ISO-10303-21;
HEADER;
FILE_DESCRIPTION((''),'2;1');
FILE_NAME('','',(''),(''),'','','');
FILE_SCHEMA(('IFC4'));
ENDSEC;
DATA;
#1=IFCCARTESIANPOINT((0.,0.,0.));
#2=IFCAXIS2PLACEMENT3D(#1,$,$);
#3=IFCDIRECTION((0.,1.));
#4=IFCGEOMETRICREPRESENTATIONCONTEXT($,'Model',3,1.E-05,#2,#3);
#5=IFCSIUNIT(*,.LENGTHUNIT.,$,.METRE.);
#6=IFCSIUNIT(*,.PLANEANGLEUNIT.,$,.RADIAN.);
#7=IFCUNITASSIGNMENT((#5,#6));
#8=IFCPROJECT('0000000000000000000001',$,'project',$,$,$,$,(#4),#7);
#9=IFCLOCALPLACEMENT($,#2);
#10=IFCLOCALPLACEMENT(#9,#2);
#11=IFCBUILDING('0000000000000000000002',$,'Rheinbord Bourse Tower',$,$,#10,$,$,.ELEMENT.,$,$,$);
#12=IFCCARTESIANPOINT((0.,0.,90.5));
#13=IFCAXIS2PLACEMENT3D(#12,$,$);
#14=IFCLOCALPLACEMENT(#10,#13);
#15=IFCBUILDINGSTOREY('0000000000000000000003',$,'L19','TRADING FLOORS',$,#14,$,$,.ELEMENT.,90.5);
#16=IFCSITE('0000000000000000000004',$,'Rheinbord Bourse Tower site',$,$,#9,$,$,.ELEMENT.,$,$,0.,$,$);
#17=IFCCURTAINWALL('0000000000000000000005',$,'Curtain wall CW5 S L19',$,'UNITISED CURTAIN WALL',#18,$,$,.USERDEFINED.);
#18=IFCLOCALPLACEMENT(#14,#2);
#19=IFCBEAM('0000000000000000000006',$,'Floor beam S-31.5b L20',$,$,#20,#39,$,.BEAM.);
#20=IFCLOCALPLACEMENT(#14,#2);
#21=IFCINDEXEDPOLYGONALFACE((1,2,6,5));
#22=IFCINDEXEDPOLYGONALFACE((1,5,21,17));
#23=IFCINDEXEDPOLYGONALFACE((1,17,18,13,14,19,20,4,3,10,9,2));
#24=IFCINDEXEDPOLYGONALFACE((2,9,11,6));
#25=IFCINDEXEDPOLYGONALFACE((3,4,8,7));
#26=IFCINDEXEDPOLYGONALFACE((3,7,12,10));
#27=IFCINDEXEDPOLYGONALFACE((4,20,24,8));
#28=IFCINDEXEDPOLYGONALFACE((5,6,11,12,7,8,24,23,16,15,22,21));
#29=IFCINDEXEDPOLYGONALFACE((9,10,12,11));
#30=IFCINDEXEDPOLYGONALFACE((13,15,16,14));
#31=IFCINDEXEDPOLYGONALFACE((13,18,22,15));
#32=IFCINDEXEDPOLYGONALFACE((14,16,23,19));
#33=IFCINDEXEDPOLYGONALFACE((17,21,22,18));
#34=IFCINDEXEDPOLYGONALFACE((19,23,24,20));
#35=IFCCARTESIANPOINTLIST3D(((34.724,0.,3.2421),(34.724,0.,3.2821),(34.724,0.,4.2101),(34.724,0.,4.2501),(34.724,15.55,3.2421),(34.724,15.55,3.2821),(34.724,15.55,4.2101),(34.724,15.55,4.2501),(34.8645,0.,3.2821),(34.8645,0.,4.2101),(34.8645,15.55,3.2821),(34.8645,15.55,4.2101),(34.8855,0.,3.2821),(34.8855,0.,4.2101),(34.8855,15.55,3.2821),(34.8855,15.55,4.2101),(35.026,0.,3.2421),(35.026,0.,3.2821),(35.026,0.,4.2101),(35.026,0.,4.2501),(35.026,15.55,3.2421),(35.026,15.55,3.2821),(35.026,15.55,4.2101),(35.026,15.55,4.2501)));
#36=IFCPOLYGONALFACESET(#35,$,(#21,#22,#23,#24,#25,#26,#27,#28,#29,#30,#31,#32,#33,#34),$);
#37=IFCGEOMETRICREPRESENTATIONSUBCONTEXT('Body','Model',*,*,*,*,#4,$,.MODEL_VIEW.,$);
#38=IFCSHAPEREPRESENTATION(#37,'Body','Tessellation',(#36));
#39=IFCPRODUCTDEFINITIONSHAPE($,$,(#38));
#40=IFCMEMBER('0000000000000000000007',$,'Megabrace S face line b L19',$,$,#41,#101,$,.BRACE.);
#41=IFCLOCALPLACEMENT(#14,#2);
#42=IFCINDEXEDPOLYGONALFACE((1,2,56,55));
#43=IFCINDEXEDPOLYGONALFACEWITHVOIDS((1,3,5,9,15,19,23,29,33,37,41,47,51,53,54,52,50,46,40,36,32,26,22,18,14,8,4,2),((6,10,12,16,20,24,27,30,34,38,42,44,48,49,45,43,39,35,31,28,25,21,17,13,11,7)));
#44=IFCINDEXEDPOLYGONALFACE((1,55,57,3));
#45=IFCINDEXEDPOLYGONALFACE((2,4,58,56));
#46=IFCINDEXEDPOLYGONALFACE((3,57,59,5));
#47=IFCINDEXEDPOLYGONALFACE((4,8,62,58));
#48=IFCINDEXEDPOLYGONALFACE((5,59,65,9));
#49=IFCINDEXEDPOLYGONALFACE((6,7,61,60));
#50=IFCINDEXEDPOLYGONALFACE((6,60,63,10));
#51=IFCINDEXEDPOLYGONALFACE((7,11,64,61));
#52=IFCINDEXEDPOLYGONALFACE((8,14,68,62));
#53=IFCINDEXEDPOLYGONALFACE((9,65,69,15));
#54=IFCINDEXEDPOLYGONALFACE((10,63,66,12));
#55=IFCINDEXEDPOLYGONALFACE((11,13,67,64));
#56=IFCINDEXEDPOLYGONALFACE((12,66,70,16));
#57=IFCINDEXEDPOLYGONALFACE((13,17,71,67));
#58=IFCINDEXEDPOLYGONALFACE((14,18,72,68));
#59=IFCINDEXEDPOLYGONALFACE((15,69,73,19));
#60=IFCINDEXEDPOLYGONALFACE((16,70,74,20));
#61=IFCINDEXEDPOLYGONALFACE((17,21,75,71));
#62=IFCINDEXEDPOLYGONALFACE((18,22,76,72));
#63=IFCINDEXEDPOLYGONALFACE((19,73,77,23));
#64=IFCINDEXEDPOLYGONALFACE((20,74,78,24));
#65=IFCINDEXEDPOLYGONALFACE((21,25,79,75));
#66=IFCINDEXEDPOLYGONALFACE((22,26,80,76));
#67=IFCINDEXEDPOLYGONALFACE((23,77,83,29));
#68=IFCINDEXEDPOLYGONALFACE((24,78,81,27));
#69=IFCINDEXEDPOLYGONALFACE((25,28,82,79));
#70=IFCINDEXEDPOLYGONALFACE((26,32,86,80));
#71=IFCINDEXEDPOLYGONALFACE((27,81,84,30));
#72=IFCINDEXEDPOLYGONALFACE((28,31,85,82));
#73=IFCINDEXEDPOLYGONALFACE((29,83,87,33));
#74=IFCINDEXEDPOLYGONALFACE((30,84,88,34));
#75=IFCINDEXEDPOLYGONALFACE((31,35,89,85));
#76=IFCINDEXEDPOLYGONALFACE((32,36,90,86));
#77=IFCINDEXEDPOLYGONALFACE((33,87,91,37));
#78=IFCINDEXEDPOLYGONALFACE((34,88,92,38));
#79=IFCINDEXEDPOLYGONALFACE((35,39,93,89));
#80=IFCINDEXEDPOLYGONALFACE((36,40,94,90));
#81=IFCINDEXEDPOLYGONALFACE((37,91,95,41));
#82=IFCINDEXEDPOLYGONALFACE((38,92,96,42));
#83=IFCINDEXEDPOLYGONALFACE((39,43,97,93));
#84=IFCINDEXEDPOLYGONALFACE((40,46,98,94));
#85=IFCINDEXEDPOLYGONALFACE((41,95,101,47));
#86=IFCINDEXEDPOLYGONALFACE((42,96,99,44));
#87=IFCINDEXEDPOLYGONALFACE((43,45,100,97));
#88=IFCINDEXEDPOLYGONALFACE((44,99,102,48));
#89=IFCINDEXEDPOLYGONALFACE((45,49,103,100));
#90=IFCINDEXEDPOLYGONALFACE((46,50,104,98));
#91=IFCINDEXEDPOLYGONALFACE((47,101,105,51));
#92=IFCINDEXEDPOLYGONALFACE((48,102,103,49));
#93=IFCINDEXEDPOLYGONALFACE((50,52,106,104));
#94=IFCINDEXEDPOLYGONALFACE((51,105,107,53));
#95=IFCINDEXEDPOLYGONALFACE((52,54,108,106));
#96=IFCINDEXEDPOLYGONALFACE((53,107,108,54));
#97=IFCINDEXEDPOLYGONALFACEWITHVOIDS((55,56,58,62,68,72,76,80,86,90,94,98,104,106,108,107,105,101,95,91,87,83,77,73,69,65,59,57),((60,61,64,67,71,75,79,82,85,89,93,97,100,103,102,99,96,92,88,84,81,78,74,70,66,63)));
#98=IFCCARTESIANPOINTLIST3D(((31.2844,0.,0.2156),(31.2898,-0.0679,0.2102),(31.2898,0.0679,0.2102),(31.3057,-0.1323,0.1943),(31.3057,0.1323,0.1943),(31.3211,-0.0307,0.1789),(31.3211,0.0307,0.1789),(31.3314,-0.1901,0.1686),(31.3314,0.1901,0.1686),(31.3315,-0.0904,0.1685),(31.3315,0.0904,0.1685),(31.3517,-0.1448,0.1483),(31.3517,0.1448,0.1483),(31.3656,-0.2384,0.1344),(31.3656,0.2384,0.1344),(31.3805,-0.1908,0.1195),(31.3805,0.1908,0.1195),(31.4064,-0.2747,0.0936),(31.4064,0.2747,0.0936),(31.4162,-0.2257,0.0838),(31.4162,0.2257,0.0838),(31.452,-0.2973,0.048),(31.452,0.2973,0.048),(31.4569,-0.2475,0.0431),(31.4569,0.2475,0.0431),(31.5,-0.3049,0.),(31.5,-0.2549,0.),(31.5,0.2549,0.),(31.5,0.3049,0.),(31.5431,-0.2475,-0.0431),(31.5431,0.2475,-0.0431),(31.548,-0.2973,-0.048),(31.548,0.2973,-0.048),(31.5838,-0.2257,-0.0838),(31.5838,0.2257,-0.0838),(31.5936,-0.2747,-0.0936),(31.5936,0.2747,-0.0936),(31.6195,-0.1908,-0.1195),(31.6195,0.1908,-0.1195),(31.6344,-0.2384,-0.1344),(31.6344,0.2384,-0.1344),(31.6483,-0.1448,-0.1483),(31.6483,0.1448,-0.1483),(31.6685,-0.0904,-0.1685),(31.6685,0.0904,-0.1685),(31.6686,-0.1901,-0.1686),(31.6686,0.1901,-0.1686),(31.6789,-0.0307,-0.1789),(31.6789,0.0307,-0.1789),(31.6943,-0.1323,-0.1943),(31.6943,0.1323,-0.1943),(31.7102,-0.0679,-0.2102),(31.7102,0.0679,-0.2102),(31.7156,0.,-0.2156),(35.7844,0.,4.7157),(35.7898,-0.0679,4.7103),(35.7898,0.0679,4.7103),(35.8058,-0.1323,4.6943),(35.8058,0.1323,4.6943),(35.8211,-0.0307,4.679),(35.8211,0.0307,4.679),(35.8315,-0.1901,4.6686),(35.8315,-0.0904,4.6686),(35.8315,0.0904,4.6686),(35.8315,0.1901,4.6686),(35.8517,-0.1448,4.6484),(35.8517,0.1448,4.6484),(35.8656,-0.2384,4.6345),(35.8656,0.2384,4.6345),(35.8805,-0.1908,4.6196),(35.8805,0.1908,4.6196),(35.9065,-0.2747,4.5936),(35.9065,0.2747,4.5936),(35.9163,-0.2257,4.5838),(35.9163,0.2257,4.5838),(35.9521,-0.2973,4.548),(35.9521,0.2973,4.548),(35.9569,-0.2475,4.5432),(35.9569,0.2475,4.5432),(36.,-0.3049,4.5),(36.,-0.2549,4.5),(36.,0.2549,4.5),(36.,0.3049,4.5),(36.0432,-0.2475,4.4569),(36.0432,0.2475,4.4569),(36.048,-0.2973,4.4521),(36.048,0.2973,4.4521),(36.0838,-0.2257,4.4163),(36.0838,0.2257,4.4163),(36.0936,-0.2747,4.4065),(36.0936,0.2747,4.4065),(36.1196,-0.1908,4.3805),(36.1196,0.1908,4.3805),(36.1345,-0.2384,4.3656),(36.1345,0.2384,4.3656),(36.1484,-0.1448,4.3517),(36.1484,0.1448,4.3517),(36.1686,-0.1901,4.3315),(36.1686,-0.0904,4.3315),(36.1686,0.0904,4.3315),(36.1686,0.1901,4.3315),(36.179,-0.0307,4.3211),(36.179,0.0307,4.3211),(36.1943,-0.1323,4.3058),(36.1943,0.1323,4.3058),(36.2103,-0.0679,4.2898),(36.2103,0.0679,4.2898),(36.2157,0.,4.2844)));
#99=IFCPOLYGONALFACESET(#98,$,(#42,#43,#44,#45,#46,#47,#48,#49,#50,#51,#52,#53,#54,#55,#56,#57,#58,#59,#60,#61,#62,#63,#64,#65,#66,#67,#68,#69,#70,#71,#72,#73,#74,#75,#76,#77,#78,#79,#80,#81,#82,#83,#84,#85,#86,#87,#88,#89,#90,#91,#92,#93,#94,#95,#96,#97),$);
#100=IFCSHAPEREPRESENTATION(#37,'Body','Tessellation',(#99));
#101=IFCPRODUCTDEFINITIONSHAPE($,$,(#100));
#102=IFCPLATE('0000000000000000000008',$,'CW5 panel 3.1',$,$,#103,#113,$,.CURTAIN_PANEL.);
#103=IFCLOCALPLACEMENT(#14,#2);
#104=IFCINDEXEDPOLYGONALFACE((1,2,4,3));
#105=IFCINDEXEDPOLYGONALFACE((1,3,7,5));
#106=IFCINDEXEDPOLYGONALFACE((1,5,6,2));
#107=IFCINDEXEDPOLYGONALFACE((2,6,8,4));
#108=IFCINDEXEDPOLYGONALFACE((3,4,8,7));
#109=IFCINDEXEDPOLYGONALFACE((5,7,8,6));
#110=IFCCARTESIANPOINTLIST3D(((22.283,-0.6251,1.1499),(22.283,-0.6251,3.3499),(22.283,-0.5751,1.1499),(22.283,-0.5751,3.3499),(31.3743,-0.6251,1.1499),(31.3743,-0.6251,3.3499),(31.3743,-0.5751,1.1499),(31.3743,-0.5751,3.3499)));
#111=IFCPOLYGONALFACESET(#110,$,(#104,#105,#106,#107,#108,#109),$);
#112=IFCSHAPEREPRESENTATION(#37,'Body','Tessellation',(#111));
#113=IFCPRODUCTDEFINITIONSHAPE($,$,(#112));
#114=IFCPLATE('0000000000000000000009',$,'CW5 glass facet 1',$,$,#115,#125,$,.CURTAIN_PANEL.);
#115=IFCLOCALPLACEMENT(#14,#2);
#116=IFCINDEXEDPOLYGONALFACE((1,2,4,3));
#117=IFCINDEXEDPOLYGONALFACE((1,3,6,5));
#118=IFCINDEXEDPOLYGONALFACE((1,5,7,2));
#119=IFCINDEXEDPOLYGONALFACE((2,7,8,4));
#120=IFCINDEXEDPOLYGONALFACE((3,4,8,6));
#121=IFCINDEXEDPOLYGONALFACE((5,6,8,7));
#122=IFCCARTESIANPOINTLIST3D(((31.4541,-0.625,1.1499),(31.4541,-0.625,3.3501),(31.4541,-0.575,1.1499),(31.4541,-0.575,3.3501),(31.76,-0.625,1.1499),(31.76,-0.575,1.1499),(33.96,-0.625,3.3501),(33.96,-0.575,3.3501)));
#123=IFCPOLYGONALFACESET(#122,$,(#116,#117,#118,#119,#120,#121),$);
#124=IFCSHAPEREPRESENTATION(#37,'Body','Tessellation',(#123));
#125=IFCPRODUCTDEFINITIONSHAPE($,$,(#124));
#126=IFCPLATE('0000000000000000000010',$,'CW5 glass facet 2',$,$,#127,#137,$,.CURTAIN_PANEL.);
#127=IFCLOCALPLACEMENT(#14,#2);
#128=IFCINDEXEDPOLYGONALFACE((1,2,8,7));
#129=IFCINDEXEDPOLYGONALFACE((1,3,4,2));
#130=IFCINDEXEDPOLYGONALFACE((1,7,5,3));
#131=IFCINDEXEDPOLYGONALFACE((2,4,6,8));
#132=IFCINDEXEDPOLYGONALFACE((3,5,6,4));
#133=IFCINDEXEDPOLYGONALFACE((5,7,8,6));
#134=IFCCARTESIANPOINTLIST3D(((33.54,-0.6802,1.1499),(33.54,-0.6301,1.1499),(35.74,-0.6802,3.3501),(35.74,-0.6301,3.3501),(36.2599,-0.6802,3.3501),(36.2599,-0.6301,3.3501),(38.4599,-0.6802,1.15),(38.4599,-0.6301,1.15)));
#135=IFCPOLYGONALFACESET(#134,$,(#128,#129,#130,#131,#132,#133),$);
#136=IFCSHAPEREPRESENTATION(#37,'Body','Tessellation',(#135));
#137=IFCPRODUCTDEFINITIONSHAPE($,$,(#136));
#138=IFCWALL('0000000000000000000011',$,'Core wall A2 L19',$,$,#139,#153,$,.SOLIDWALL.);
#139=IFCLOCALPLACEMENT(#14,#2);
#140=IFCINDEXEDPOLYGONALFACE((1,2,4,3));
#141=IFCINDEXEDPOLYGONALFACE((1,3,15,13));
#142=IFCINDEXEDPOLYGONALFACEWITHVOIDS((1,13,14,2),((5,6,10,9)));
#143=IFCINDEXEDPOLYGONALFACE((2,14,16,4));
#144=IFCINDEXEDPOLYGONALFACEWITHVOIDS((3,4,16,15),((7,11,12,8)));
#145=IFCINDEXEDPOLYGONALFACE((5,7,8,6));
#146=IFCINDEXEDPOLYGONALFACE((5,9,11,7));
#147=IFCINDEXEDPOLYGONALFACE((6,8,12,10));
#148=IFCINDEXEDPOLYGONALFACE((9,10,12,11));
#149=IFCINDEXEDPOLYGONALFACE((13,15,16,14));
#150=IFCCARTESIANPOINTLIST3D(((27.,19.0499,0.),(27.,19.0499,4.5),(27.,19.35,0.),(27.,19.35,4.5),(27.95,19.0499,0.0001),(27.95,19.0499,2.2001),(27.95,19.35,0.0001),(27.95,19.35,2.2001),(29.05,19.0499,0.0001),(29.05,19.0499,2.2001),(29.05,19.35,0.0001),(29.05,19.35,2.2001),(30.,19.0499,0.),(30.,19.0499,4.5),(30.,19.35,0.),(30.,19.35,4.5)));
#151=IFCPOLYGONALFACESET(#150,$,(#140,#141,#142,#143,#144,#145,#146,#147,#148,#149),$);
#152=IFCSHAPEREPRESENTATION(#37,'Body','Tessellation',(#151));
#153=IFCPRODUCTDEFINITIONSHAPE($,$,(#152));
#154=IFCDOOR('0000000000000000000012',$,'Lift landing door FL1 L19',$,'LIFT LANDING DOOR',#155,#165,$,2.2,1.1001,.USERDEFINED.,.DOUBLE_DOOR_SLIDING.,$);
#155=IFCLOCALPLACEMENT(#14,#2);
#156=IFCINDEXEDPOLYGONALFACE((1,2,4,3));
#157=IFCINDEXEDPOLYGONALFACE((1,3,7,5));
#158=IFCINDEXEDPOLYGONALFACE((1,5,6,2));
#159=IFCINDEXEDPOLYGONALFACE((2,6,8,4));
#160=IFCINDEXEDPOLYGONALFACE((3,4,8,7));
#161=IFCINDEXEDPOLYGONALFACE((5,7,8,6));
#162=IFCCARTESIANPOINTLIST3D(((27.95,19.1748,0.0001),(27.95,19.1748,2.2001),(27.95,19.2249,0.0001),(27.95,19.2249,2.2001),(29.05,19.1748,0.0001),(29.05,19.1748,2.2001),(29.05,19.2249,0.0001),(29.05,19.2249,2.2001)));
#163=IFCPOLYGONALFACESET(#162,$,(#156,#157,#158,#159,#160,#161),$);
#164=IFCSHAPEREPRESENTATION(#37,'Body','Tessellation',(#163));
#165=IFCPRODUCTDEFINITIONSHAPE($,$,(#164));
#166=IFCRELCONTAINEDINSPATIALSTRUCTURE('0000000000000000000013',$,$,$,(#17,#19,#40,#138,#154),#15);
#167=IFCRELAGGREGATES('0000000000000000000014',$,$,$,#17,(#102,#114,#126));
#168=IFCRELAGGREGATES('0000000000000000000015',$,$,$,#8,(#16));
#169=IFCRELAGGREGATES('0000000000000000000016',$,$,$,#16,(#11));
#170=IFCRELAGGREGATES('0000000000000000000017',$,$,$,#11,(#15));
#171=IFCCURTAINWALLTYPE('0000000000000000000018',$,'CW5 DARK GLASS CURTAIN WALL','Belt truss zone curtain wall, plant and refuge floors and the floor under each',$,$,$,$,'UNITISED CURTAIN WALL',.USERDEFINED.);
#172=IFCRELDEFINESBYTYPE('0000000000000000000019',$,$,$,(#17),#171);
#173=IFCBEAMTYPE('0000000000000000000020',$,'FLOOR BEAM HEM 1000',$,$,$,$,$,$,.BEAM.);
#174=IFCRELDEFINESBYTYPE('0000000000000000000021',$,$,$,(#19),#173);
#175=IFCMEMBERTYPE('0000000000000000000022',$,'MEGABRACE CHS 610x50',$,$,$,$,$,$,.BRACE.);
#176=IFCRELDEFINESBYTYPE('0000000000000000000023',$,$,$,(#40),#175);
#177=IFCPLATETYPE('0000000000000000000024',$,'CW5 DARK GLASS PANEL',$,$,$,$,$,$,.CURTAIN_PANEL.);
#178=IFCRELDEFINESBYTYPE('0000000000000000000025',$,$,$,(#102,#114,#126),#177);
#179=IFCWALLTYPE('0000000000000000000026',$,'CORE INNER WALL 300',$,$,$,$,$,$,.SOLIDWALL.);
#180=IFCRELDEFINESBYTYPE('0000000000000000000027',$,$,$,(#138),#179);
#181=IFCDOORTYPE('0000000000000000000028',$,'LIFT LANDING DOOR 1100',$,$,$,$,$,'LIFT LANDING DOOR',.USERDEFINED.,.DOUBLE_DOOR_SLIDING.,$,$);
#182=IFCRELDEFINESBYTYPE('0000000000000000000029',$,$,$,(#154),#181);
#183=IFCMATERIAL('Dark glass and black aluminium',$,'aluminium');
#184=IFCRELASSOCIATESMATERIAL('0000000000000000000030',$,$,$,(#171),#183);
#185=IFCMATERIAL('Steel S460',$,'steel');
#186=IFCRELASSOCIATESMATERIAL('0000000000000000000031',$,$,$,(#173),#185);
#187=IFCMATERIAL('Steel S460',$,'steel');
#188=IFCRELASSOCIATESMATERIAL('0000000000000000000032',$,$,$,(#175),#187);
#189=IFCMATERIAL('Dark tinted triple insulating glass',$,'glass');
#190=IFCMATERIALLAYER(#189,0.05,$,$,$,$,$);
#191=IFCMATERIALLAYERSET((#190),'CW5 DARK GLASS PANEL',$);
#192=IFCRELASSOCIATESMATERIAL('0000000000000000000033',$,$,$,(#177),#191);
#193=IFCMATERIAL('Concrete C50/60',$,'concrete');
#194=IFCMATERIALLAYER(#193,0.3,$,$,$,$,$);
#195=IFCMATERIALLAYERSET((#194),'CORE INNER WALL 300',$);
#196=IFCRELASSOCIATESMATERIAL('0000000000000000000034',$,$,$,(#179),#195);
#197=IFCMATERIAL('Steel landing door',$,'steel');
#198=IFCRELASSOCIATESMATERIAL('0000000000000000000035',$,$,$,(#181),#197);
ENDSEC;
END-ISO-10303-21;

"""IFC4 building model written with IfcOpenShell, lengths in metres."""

from ifc_helpers import new_model, si_unit, direction, frame, frame_2d, origin, origin_2d, place, context, subcontext, project, spatial, polyline, rectangle, hollow_circle, i_section, outline, extrude, material, layer, layer_set, material_profile, profile_set, type_object, element, fill, aggregate, save


model = new_model("IFC4")

# Units and contexts
model_context = context("Model", 3, precision=1e-05, world=origin(), true_north=direction((0.0, 1.0)))
body_context = subcontext(model_context, "Body", "Model", "MODEL_VIEW")
ifc_project = project(units=[si_unit("LENGTHUNIT", "METRE"), si_unit("PLANEANGLEUNIT", "RADIAN")], contexts=[model_context])

# Site, building, storey
site_placement = place(None, origin())
site = spatial("IfcSite", under=ifc_project, at=site_placement, Name="Rheinbord Bourse Tower site", CompositionType="ELEMENT", RefElevation=0.0)
building_placement = place(site_placement, origin())
building = spatial("IfcBuilding", under=site, at=building_placement, Name="Rheinbord Bourse Tower", CompositionType="ELEMENT")
storey_placement = place(building_placement, frame((0.0, 0.0, 90.5)))
storey = spatial("IfcBuildingStorey", under=building, at=storey_placement, Name="L19", Description="TRADING FLOORS", CompositionType="ELEMENT", Elevation=90.5)

# Curtain wall
ifc_material_1 = material(Name="Dark glass and black aluminium", Category="aluminium")
curtain_wall_type = type_object("IfcCurtainWallType", Name="CW5 DARK GLASS CURTAIN WALL", Description="Belt truss zone curtain wall, plant and refuge floors and the floor under each", ElementType="UNITISED CURTAIN WALL", PredefinedType="USERDEFINED", material=ifc_material_1)
curtain_wall_placement = place(storey_placement, origin())
curtain_wall = element("IfcCurtainWall", 1, at=curtain_wall_placement, inside=storey, type_object=curtain_wall_type, Name="Curtain wall CW5 S L19", ObjectType="UNITISED CURTAIN WALL", PredefinedType="USERDEFINED")

# Beam
ifc_material_2 = material(Name="Steel S460", Category="steel")
ifc_material_profile_1 = material_profile(ifc_material_2, i_section(OverallWidth=0.302, OverallDepth=1.0081, WebThickness=0.021, FlangeThickness=0.04, at=origin_2d()), Name="HEM 1000")
ifc_profile_set_1 = profile_set([ifc_material_profile_1], Name="Steel S460")
beam_type_1 = type_object("IfcBeamType", Name="FLOOR BEAM HEM 1000", PredefinedType="BEAM", material=ifc_profile_set_1)
for number, where, z_axis, x_axis, name in (
    (2, (34.875, 0.0, 3.7461), (0.0, 1.0, 0.0), (-1.0, 0.0, 0.0), "Floor beam S-31.5b L20"),
):
    element("IfcBeam", number, at=place(storey_placement, frame(where, z_axis=z_axis, x_axis=x_axis)), inside=storey, type_object=beam_type_1, Name=name, PredefinedType="BEAM", context=body_context, shape_type="SweptSolid", body=[
        extrude(i_section(OverallWidth=0.302, OverallDepth=1.0081, WebThickness=0.021, FlangeThickness=0.04, at=origin_2d()), origin(), (0.0, 0.0, 1.0), 15.55),
    ])

# Member
ifc_material_3 = material(Name="Steel S460", Category="steel")
ifc_material_profile_2 = material_profile(ifc_material_3, hollow_circle(Radius=0.3049, WallThickness=0.05, at=origin_2d()), Name="CHS 610x50")
ifc_profile_set_2 = profile_set([ifc_material_profile_2], Name="Steel S460")
member_type_1 = type_object("IfcMemberType", Name="MEGABRACE CHS 610x50", PredefinedType="BRACE", material=ifc_profile_set_2)
member_1_placement = place(storey_placement, frame((31.5, 0.0, 0.0), z_axis=(0.707107, 0.0, 0.707107), x_axis=(0.0, 1.0, 0.0)))
element("IfcMember", 3, at=member_1_placement, inside=storey, type_object=member_type_1, Name="Megabrace S face line b L19", PredefinedType="BRACE", context=body_context, shape_type="SweptSolid", body=[
    extrude(hollow_circle(Radius=0.3049, WallThickness=0.05, at=origin_2d()), origin(), (0.0, 0.0, 1.0), 6.364),
])

# Plates
ifc_material_4 = material(Name="Dark tinted triple insulating glass", Category="glass")
ifc_layer_1 = layer(ifc_material_4, 0.05)
ifc_layer_set_1 = layer_set([ifc_layer_1], Name="CW5 DARK GLASS PANEL")
plate_type = type_object("IfcPlateType", Name="CW5 DARK GLASS PANEL", PredefinedType="CURTAIN_PANEL", material=ifc_layer_set_1)
plate_1_placement = place(storey_placement, frame((26.8286, -0.6001, 1.1499), z_axis=(0.0, 0.0, 1.0), x_axis=(1.0, 0.0, 0.0)))
plate_1 = element("IfcPlate", 4, at=plate_1_placement, type_object=plate_type, Name="CW5 panel 3.1", PredefinedType="CURTAIN_PANEL", context=body_context, shape_type="SweptSolid", body=[
    extrude(rectangle(XDim=9.0913, YDim=0.05, at=origin_2d()), origin(), (0.0, 0.0, 1.0), 2.2),
])
plate_2_placement = place(storey_placement, frame((31.4541, -0.625, 1.1499), z_axis=(0.0, 1.0, 0.0), x_axis=(0.0, 0.0, 1.0)))
plate_2 = element("IfcPlate", 5, at=plate_2_placement, type_object=plate_type, Name="CW5 glass facet 1", PredefinedType="CURTAIN_PANEL", context=body_context, shape_type="SweptSolid", body=[
    extrude(outline(polyline([(0.0, 0.0), (2.2002, 0.0), (2.2002, 2.5059), (0.0, 0.3059), (0.0, 0.0)])), origin(), (0.0, 0.0, 1.0), 0.05),
])
plate_3_placement = place(storey_placement, frame((33.54, -0.6802, 1.1499), z_axis=(0.0, 1.0, 0.0), x_axis=(0.707068, 0.0, 0.707146)))
plate_3 = element("IfcPlate", 6, at=plate_3_placement, type_object=plate_type, Name="CW5 glass facet 2", PredefinedType="CURTAIN_PANEL", context=body_context, shape_type="SweptSolid", body=[
    extrude(outline(polyline([(0.0, 0.0), (3.1113, 0.0), (3.479, 0.3677), (3.4788, 3.479), (0.0, 0.0)])), origin(), (0.0, 0.0, 1.0), 0.05),
])
aggregate(curtain_wall, [plate_1, plate_2, plate_3])

# Wall, opening, door
ifc_material_5 = material(Name="Concrete C50/60", Category="concrete")
ifc_layer_2 = layer(ifc_material_5, 0.3)
ifc_layer_set_2 = layer_set([ifc_layer_2], Name="CORE INNER WALL 300")
wall_type_1 = type_object("IfcWallType", Name="CORE INNER WALL 300", PredefinedType="SOLIDWALL", material=ifc_layer_set_2)
wall_1_placement = place(storey_placement, frame((27.0, 19.2, 0.0), z_axis=(0.0, 0.0, 1.0), x_axis=(1.0, 0.0, 0.0)))
wall_1 = element("IfcWall", 7, at=wall_1_placement, inside=storey, type_object=wall_type_1, Name="Core wall A2 L19", PredefinedType="SOLIDWALL", context=body_context, shape_type="SweptSolid", body=[
    extrude(rectangle(XDim=3.0, YDim=0.3, at=frame_2d((1.5, 0.0))), origin(), (0.0, 0.0, 1.0), 4.5),
])
opening_1_placement = place(wall_1_placement, frame((0.95, 0.0, 0.0)))
opening_1 = element("IfcOpeningElement", 8, at=opening_1_placement, cuts=wall_1, PredefinedType="OPENING", context=body_context, shape_type="SweptSolid", body=[
    extrude(rectangle(XDim=1.1001, YDim=2.2, at=frame_2d((0.55, 1.1001))), frame((0.0, 0.1599, 0.0), z_axis=(0.0, -1.0, 0.0), x_axis=(1.0, 0.0, 0.0)), (0.0, 0.0, 1.0), 0.3201),
])
ifc_material_6 = material(Name="Steel landing door", Category="steel")
door_type_1 = type_object("IfcDoorType", Name="LIFT LANDING DOOR 1100", ElementType="LIFT LANDING DOOR", OperationType="DOUBLE_DOOR_SLIDING", PredefinedType="USERDEFINED", material=ifc_material_6)
door_1_placement = place(opening_1_placement, origin())
door_1 = element("IfcDoor", 9, at=door_1_placement, inside=storey, type_object=door_type_1, Name="Lift landing door FL1 L19", ObjectType="LIFT LANDING DOOR", OperationType="DOUBLE_DOOR_SLIDING", OverallHeight=2.2, OverallWidth=1.1001, PredefinedType="USERDEFINED", context=body_context, shape_type="SweptSolid", body=[
    extrude(rectangle(XDim=1.1001, YDim=2.2, at=frame_2d((0.55, 1.1001))), frame((0.0, 0.0249, 0.0), z_axis=(0.0, -1.0, 0.0), x_axis=(1.0, 0.0, 0.0)), (0.0, 0.0, 1.0), 0.05),
])
fill(opening_1, door_1)

save(model, "model.ifc")
